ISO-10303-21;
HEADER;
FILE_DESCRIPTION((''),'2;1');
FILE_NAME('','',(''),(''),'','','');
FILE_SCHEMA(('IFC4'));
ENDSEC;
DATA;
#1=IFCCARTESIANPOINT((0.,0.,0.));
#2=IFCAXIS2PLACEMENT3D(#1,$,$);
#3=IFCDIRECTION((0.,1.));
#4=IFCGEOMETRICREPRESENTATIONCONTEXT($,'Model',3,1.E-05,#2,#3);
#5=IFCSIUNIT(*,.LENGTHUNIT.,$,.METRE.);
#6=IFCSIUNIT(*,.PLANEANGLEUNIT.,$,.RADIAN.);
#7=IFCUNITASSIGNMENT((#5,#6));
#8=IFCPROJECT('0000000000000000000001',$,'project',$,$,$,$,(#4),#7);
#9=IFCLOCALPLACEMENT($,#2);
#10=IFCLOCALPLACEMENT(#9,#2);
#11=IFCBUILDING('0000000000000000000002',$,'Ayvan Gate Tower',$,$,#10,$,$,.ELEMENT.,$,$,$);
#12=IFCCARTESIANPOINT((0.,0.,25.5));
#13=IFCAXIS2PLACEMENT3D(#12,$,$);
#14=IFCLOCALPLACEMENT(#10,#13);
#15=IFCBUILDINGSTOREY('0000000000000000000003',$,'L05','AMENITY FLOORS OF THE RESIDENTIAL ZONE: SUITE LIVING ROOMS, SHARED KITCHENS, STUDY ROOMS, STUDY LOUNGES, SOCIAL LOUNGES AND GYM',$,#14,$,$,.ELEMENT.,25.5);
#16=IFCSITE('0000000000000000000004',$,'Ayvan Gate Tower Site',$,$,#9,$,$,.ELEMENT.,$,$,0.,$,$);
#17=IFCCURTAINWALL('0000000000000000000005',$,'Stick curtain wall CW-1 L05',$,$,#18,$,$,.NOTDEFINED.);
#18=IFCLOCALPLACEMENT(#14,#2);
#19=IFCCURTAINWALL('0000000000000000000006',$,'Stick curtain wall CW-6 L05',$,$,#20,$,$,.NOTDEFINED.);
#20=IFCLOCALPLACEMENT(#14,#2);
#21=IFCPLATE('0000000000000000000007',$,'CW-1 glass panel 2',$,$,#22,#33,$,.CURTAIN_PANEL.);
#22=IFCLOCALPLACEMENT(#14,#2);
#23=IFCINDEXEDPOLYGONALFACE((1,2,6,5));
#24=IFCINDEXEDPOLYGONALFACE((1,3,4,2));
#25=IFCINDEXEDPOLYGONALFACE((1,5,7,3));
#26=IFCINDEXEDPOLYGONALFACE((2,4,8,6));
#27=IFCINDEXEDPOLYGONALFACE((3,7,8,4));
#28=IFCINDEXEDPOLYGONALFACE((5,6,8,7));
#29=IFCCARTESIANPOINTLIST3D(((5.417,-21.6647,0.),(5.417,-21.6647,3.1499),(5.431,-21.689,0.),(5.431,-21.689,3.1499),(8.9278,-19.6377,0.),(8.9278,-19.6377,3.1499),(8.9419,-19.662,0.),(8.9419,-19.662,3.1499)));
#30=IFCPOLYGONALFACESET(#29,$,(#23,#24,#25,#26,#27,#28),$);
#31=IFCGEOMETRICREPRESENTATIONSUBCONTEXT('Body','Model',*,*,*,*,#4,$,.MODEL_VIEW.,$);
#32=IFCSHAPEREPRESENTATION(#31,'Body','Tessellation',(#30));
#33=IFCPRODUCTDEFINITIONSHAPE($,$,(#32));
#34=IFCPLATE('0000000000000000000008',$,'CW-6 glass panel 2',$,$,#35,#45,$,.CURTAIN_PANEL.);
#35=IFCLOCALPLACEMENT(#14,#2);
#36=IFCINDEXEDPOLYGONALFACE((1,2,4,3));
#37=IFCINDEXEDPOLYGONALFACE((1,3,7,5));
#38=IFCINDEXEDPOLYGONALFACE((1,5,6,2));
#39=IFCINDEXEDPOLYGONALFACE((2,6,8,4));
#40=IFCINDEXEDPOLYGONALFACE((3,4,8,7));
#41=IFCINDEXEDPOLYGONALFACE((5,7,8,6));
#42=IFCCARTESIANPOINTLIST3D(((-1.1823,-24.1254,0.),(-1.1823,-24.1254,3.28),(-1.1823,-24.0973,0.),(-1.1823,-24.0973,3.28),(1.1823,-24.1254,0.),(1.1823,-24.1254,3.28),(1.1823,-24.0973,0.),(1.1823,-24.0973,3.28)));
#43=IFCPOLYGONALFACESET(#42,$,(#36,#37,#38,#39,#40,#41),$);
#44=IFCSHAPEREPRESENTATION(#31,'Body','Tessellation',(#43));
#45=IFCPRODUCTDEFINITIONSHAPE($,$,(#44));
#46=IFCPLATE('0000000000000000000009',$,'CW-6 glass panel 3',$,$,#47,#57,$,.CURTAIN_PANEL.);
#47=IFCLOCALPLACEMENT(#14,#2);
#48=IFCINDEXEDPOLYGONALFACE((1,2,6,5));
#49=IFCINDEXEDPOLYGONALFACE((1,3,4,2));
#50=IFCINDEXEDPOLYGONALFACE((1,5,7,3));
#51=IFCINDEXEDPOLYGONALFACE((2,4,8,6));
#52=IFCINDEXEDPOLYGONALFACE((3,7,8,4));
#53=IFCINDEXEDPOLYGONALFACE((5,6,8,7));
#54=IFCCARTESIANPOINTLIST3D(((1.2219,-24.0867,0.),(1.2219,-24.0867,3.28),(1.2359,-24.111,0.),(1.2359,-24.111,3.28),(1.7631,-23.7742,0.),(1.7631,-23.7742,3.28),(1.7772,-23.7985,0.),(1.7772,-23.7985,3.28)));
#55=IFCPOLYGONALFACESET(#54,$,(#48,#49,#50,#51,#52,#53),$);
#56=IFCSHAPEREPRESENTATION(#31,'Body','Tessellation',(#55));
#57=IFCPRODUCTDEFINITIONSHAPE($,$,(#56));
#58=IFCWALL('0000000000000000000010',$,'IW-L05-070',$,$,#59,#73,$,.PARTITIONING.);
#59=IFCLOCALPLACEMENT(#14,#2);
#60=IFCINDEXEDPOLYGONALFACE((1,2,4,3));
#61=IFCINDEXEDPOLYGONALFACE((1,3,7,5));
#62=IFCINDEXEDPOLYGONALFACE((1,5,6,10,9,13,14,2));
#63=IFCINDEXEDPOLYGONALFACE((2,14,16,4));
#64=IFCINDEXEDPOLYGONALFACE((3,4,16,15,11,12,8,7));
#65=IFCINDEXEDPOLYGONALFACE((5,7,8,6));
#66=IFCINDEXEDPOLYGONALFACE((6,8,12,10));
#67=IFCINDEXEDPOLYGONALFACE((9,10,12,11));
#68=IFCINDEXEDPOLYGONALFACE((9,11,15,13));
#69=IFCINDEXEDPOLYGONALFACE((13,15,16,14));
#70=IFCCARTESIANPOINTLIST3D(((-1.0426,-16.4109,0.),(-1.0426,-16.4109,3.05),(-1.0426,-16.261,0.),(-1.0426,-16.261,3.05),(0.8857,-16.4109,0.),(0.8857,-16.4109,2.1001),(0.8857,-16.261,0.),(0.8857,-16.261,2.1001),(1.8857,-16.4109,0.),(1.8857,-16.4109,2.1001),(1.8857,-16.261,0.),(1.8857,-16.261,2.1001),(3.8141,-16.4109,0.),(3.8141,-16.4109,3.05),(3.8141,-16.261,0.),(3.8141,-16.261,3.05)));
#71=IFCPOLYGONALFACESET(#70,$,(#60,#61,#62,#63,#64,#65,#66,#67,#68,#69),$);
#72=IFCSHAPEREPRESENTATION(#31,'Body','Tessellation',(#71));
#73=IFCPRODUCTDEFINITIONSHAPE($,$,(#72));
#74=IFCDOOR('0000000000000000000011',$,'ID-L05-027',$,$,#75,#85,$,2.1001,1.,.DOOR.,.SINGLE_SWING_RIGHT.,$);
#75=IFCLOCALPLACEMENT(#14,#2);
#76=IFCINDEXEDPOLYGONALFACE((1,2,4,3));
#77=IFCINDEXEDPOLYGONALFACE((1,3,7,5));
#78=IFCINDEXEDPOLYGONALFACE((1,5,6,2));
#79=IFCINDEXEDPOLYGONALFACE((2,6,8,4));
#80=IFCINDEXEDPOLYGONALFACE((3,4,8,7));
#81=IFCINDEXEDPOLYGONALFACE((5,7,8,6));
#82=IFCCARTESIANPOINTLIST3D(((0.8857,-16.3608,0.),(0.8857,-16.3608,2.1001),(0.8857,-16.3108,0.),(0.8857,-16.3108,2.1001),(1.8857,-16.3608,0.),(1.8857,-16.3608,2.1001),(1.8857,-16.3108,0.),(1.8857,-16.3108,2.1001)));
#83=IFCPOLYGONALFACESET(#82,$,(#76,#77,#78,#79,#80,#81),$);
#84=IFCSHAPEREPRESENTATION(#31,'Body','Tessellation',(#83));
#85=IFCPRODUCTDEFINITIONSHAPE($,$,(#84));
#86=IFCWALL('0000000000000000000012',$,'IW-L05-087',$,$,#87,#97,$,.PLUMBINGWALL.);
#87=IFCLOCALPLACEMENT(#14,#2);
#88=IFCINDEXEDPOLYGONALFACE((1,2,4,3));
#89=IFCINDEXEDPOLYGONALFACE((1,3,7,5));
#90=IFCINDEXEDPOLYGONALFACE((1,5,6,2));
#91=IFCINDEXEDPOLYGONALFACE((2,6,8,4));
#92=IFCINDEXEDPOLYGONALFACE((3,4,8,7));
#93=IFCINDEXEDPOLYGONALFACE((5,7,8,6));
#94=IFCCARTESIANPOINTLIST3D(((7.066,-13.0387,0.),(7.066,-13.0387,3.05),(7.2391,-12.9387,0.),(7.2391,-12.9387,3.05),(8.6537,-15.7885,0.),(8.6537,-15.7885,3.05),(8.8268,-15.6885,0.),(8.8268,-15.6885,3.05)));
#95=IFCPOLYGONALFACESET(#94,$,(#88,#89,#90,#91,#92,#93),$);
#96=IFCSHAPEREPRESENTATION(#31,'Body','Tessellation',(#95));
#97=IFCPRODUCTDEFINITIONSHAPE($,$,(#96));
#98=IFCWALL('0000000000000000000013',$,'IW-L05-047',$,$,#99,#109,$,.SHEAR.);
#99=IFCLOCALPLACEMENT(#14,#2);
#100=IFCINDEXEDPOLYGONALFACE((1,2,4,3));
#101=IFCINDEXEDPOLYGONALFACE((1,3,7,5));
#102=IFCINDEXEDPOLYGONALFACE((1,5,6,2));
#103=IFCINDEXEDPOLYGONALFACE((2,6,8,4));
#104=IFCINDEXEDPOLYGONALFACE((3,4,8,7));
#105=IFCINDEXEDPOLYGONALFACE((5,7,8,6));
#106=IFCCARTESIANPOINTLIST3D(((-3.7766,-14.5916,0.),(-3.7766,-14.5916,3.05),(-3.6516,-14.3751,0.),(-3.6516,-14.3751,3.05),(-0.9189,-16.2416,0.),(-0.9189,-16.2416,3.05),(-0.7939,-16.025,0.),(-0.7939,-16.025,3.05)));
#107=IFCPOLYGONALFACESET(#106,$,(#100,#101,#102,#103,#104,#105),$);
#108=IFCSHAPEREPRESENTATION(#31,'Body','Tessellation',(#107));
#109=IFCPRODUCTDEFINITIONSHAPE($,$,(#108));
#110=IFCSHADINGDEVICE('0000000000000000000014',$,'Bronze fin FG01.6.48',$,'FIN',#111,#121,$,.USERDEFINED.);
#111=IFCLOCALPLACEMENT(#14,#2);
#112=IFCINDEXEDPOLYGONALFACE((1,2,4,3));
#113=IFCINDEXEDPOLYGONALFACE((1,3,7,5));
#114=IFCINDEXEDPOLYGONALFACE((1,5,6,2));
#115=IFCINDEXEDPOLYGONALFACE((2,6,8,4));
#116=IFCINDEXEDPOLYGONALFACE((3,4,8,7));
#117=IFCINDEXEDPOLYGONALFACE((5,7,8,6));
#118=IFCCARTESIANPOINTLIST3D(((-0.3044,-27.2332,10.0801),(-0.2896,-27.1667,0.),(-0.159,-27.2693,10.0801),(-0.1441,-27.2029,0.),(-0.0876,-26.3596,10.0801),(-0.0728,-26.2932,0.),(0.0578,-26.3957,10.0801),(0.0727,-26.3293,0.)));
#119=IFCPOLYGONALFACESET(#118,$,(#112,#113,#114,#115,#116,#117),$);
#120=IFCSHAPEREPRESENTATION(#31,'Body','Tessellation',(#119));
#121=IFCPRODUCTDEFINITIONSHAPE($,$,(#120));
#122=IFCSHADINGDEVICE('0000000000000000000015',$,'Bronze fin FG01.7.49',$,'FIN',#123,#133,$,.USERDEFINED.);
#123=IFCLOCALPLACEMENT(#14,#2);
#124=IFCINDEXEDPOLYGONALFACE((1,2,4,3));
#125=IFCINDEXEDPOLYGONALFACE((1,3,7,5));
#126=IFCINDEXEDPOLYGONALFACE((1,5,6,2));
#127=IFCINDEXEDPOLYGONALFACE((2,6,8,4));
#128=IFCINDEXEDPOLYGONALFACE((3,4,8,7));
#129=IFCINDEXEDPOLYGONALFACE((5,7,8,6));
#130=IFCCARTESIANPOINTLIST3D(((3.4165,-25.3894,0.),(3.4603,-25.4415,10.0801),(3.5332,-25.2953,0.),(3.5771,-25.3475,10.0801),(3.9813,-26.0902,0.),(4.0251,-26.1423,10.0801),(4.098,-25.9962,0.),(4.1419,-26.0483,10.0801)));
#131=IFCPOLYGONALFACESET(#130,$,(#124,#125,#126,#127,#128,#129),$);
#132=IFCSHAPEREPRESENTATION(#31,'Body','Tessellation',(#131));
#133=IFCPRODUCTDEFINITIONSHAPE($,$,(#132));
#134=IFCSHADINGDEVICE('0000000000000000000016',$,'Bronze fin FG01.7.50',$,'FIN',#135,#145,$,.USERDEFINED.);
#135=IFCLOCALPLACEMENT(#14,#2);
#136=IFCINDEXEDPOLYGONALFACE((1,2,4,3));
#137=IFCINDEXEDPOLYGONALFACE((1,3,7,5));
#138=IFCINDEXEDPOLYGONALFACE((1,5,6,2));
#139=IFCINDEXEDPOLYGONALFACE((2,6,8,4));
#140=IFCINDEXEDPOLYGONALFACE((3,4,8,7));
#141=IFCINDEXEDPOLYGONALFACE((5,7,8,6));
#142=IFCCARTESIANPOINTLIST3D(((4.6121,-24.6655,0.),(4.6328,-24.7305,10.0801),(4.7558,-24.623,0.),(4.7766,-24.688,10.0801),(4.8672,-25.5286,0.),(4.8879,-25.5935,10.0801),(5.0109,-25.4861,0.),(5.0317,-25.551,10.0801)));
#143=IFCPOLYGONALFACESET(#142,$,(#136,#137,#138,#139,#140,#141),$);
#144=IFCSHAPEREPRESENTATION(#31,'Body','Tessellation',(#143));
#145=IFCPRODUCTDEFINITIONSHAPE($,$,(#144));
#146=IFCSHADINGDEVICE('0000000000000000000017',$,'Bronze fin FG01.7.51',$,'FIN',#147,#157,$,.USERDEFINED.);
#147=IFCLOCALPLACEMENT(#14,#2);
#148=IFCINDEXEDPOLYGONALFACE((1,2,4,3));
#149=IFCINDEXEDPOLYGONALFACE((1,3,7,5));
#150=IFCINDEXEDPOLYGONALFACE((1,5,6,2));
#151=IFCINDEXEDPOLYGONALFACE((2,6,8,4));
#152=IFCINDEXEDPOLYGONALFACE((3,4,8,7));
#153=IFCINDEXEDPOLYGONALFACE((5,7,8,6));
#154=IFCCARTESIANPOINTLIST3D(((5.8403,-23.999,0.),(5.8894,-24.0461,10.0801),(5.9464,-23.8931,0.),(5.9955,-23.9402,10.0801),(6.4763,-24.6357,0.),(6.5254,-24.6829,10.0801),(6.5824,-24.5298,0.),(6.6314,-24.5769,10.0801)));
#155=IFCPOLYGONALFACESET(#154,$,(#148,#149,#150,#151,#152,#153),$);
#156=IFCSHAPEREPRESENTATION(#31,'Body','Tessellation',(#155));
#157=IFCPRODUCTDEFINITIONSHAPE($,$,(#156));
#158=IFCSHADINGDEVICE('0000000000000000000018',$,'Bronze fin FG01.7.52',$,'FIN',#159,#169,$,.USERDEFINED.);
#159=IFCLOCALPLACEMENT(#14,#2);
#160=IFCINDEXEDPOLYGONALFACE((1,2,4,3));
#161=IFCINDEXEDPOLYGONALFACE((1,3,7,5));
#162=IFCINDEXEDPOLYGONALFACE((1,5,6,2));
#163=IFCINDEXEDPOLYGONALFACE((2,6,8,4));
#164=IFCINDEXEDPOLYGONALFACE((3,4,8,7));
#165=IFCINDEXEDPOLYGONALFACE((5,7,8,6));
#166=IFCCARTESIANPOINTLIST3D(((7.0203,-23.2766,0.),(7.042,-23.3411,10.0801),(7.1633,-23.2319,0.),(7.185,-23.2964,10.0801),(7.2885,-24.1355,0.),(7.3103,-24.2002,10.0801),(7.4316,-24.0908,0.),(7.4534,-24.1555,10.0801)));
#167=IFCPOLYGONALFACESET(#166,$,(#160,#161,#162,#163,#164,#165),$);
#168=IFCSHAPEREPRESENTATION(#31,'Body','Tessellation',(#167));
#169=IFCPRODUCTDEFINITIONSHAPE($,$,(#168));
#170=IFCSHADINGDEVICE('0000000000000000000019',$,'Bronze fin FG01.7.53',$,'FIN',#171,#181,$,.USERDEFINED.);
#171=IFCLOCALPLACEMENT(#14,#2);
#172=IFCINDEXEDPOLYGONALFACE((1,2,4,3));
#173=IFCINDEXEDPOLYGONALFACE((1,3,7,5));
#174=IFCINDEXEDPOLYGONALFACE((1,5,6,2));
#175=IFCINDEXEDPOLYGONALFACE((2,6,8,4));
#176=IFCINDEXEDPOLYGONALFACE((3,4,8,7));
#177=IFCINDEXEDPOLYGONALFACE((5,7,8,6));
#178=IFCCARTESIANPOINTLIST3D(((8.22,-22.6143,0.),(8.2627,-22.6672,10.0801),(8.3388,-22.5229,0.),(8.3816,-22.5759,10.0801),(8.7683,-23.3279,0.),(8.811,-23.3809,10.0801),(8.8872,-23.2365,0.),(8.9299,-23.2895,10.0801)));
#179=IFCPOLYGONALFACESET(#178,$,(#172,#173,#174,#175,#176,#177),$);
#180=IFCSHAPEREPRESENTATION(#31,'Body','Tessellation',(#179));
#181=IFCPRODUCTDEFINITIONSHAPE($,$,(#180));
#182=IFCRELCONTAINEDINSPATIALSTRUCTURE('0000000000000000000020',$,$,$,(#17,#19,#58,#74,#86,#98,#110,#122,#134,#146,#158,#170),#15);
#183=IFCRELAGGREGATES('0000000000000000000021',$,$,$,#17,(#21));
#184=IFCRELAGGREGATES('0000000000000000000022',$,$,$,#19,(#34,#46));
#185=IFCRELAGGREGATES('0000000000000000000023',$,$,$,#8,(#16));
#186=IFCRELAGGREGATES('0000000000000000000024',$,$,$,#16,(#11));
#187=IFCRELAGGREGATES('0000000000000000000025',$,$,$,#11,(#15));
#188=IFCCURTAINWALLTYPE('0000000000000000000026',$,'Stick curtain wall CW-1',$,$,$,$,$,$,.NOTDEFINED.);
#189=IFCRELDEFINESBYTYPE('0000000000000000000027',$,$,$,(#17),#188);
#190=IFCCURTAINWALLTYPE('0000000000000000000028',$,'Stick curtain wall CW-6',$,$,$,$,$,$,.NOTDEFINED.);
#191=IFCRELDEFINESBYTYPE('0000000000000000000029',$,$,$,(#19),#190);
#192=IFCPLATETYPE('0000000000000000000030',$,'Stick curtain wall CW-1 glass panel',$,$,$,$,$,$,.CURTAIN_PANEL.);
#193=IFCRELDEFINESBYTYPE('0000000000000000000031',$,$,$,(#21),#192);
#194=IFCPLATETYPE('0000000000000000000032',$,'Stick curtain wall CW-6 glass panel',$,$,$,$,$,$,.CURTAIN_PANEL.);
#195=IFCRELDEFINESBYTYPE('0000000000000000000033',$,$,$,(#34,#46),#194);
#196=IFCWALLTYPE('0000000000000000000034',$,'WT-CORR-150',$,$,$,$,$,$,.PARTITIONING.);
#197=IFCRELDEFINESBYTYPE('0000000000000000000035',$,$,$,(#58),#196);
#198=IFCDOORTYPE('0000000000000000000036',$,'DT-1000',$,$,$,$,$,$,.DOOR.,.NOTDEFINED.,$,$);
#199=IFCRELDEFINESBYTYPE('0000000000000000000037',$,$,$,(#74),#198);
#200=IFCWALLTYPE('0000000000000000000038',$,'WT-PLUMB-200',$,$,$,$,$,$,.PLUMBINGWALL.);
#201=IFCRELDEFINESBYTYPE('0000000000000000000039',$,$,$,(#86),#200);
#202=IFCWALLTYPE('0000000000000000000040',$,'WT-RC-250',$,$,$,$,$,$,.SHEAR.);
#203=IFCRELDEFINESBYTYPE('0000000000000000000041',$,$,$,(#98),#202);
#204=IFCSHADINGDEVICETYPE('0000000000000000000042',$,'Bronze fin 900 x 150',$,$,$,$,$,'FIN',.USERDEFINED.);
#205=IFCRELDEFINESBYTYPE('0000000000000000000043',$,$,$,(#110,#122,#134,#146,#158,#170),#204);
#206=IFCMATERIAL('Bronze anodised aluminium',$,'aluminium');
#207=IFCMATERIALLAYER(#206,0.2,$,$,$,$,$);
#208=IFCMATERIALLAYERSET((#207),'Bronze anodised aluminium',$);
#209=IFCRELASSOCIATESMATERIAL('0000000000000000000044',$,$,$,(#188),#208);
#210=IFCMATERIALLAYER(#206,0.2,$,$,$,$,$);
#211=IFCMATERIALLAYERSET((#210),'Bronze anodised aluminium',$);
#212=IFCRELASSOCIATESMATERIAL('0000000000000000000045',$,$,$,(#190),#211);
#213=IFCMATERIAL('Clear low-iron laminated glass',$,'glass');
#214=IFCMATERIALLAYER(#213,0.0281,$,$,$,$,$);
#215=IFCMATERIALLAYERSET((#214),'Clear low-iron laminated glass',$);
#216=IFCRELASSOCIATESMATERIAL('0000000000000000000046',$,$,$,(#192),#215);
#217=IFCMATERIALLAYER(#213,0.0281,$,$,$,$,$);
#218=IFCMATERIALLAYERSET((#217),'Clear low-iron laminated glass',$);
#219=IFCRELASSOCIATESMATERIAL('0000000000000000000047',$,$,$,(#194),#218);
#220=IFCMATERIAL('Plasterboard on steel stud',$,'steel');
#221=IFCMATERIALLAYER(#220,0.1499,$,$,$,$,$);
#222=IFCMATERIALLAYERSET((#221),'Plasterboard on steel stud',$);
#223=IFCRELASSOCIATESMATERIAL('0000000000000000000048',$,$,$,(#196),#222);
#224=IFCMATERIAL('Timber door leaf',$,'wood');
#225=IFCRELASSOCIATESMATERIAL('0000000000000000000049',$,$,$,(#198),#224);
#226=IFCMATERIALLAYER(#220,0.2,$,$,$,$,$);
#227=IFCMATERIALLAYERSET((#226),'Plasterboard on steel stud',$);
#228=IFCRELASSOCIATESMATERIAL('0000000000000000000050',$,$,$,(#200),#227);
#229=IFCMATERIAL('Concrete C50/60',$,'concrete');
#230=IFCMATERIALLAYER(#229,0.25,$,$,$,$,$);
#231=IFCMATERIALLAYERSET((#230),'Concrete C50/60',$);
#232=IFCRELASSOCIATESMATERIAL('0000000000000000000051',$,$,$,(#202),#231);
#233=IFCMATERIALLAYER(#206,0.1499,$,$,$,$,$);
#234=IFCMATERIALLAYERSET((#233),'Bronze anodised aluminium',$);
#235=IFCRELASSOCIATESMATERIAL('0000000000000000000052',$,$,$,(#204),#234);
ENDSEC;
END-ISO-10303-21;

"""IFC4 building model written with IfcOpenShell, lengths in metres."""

from ifc_helpers import new_model, si_unit, direction, frame, frame_2d, origin, origin_2d, place, context, subcontext, project, spatial, polyline, rectangle, outline, extrude, material, layer, layer_set, type_object, element, fill, aggregate, save


model = new_model("IFC4")

# Units and contexts
model_context = context("Model", 3, precision=1e-05, world=origin(), true_north=direction((0.0, 1.0)))
body_context = subcontext(model_context, "Body", "Model", "MODEL_VIEW")
ifc_project = project(units=[si_unit("LENGTHUNIT", "METRE"), si_unit("PLANEANGLEUNIT", "RADIAN")], contexts=[model_context])

# Site, building, storey
site_placement = place(None, origin())
site = spatial("IfcSite", under=ifc_project, at=site_placement, Name="Ayvan Gate Tower Site", CompositionType="ELEMENT", RefElevation=0.0)
building_placement = place(site_placement, origin())
building = spatial("IfcBuilding", under=site, at=building_placement, Name="Ayvan Gate Tower", CompositionType="ELEMENT")
storey_placement = place(building_placement, frame((0.0, 0.0, 25.5)))
storey = spatial("IfcBuildingStorey", under=building, at=storey_placement, Name="L05", Description="AMENITY FLOORS OF THE RESIDENTIAL ZONE: SUITE LIVING ROOMS, SHARED KITCHENS, STUDY ROOMS, STUDY LOUNGES, SOCIAL LOUNGES AND GYM", CompositionType="ELEMENT", Elevation=25.5)

# Curtain walls
ifc_material_1 = material(Name="Bronze anodised aluminium", Category="aluminium")
ifc_layer_1 = layer(ifc_material_1, 0.2)
ifc_layer_set_1 = layer_set([ifc_layer_1], Name="Bronze anodised aluminium")
curtain_wall_type_1 = type_object("IfcCurtainWallType", Name="Stick curtain wall CW-1", PredefinedType="NOTDEFINED", material=ifc_layer_set_1)
curtain_wall_1_placement = place(storey_placement, origin())
curtain_wall_1 = element("IfcCurtainWall", 1, at=curtain_wall_1_placement, inside=storey, type_object=curtain_wall_type_1, Name="Stick curtain wall CW-1 L05", PredefinedType="NOTDEFINED")
ifc_layer_2 = layer(ifc_material_1, 0.2)
ifc_layer_set_2 = layer_set([ifc_layer_2], Name="Bronze anodised aluminium")
curtain_wall_type_2 = type_object("IfcCurtainWallType", Name="Stick curtain wall CW-6", PredefinedType="NOTDEFINED", material=ifc_layer_set_2)
curtain_wall_2_placement = place(storey_placement, origin())
curtain_wall_2 = element("IfcCurtainWall", 2, at=curtain_wall_2_placement, inside=storey, type_object=curtain_wall_type_2, Name="Stick curtain wall CW-6 L05", PredefinedType="NOTDEFINED")

# Plates
ifc_material_2 = material(Name="Clear low-iron laminated glass", Category="glass")
ifc_layer_3 = layer(ifc_material_2, 0.0281)
ifc_layer_set_3 = layer_set([ifc_layer_3], Name="Clear low-iron laminated glass")
plate_type_1 = type_object("IfcPlateType", Name="Stick curtain wall CW-1 glass panel", PredefinedType="CURTAIN_PANEL", material=ifc_layer_set_3)
plate_1_placement = place(storey_placement, frame((7.1794, -20.6633, 0.0), z_axis=(0.0, 0.0, 1.0), x_axis=(0.866025, 0.5, 0.0)))
plate_1 = element("IfcPlate", 3, at=plate_1_placement, type_object=plate_type_1, Name="CW-1 glass panel 2", PredefinedType="CURTAIN_PANEL", context=body_context, shape_type="SweptSolid", body=[
    extrude(rectangle(XDim=4.054, YDim=0.0281, at=origin_2d()), origin(), (0.0, 0.0, 1.0), 3.1499),
])
aggregate(curtain_wall_1, [plate_1])
ifc_layer_4 = layer(ifc_material_2, 0.0281)
ifc_layer_set_4 = layer_set([ifc_layer_4], Name="Clear low-iron laminated glass")
plate_type_2 = type_object("IfcPlateType", Name="Stick curtain wall CW-6 glass panel", PredefinedType="CURTAIN_PANEL", material=ifc_layer_set_4)
plate_2_placement = place(storey_placement, frame((0.0, -24.1113, 0.0), z_axis=(0.0, 0.0, 1.0), x_axis=(1.0, 0.0, 0.0)))
plate_2 = element("IfcPlate", 4, at=plate_2_placement, type_object=plate_type_2, Name="CW-6 glass panel 2", PredefinedType="CURTAIN_PANEL", context=body_context, shape_type="SweptSolid", body=[
    extrude(rectangle(XDim=2.3645, YDim=0.0281, at=origin_2d()), origin(), (0.0, 0.0, 1.0), 3.28),
])
plate_3_placement = place(storey_placement, frame((1.4995, -23.9426, 0.0), z_axis=(0.0, 0.0, 1.0), x_axis=(0.866025, 0.5, 0.0)))
plate_3 = element("IfcPlate", 5, at=plate_3_placement, type_object=plate_type_2, Name="CW-6 glass panel 3", PredefinedType="CURTAIN_PANEL", context=body_context, shape_type="SweptSolid", body=[
    extrude(rectangle(XDim=0.625, YDim=0.0281, at=origin_2d()), origin(), (0.0, 0.0, 1.0), 3.28),
])
aggregate(curtain_wall_2, [plate_2, plate_3])

# Wall, opening, door
ifc_material_3 = material(Name="Plasterboard on steel stud", Category="steel")
ifc_layer_5 = layer(ifc_material_3, 0.1499)
ifc_layer_set_5 = layer_set([ifc_layer_5], Name="Plasterboard on steel stud")
wall_type_1 = type_object("IfcWallType", Name="WT-CORR-150", PredefinedType="PARTITIONING", material=ifc_layer_set_5)
wall_1_placement = place(storey_placement, frame((3.814, -16.3359, 0.0), z_axis=(0.0, 0.0, 1.0), x_axis=(-1.0, 0.0, 0.0)))
wall_1 = element("IfcWall", 6, at=wall_1_placement, inside=storey, type_object=wall_type_1, Name="IW-L05-070", PredefinedType="PARTITIONING", context=body_context, shape_type="SweptSolid", body=[
    extrude(rectangle(XDim=4.8567, YDim=0.1499, at=frame_2d((2.4282, 0.0))), origin(), (0.0, 0.0, 1.0), 3.05),
])
opening_placement = place(wall_1_placement, frame((1.9282, 0.0, 0.0)))
opening = element("IfcOpeningElement", 7, at=opening_placement, cuts=wall_1, PredefinedType="OPENING", context=body_context, shape_type="SweptSolid", body=[
    extrude(rectangle(XDim=1.0, YDim=2.1001, at=frame_2d((0.5, 1.05))), frame((0.0, 0.085, 0.0), z_axis=(0.0, -1.0, 0.0), x_axis=(1.0, 0.0, 0.0)), (0.0, 0.0, 1.0), 0.1699),
])
ifc_material_4 = material(Name="Timber door leaf", Category="wood")
door_type = type_object("IfcDoorType", Name="DT-1000", OperationType="NOTDEFINED", PredefinedType="DOOR", material=ifc_material_4)
door_placement = place(opening_placement, origin())
door = element("IfcDoor", 8, at=door_placement, inside=storey, type_object=door_type, Name="ID-L05-027", OperationType="SINGLE_SWING_RIGHT", OverallHeight=2.1001, OverallWidth=1.0, PredefinedType="DOOR", context=body_context, shape_type="SweptSolid", body=[
    extrude(rectangle(XDim=1.0, YDim=2.1001, at=frame_2d((0.5, 1.05))), frame((0.0, 0.0249, 0.0), z_axis=(0.0, -1.0, 0.0), x_axis=(1.0, 0.0, 0.0)), (0.0, 0.0, 1.0), 0.05),
])
fill(opening, door)

# Walls
ifc_layer_6 = layer(ifc_material_3, 0.2)
ifc_layer_set_6 = layer_set([ifc_layer_6], Name="Plasterboard on steel stud")
wall_type_2 = type_object("IfcWallType", Name="WT-PLUMB-200", PredefinedType="PLUMBINGWALL", material=ifc_layer_set_6)
wall_2_placement = place(storey_placement, frame((8.7402, -15.7385, 0.0), z_axis=(0.0, 0.0, 1.0), x_axis=(-0.500018, 0.866015, 0.0)))
element("IfcWall", 9, at=wall_2_placement, inside=storey, type_object=wall_type_2, Name="IW-L05-087", PredefinedType="PLUMBINGWALL", context=body_context, shape_type="SweptSolid", body=[
    extrude(rectangle(XDim=3.1753, YDim=0.2, at=frame_2d((1.5876, 0.0))), origin(), (0.0, 0.0, 1.0), 3.05),
])
ifc_material_5 = material(Name="Concrete C50/60", Category="concrete")
ifc_layer_7 = layer(ifc_material_5, 0.25)
ifc_layer_set_7 = layer_set([ifc_layer_7], Name="Concrete C50/60")
wall_type_3 = type_object("IfcWallType", Name="WT-RC-250", PredefinedType="SHEAR", material=ifc_layer_set_7)
wall_3_placement = place(storey_placement, frame((-0.8564, -16.1333, 0.0), z_axis=(0.0, 0.0, 1.0), x_axis=(-0.866022, 0.500006, 0.0)))
element("IfcWall", 10, at=wall_3_placement, inside=storey, type_object=wall_type_3, Name="IW-L05-047", PredefinedType="SHEAR", context=body_context, shape_type="SweptSolid", body=[
    extrude(rectangle(XDim=3.2998, YDim=0.25, at=frame_2d((1.6499, 0.0))), origin(), (0.0, 0.0, 1.0), 3.05),
])

# Shading devices
ifc_layer_8 = layer(ifc_material_1, 0.1499)
ifc_layer_set_8 = layer_set([ifc_layer_8], Name="Bronze anodised aluminium")
shading_device_type = type_object("IfcShadingDeviceType", Name="Bronze fin 900 x 150", ElementType="FIN", PredefinedType="USERDEFINED", material=ifc_layer_set_8)
shading_device_1_placement = place(storey_placement, frame((-0.0728, -26.2932, 0.0), z_axis=(-0.970556, 0.240876, 0.000153), x_axis=(-0.240876, -0.970556, 0.0)))
element("IfcShadingDevice", 11, at=shading_device_1_placement, inside=storey, type_object=shading_device_type, Name="Bronze fin FG01.6.48", ObjectType="FIN", PredefinedType="USERDEFINED", context=body_context, shape_type="SweptSolid", body=[
    extrude(outline(polyline([(0.0, 0.0), (0.9, 0.0), (0.9681, 10.0801), (0.068, 10.0801), (0.0, 0.0)])), origin(), (0.0, 0.0, -1.0), 0.1499),
])
shading_device_2_placement = place(storey_placement, frame((3.4165, -25.3894, 0.0), z_axis=(-0.778601, -0.627519, 0.00014), x_axis=(0.627519, -0.778601, 0.0)))
element("IfcShadingDevice", 12, at=shading_device_2_placement, inside=storey, type_object=shading_device_type, Name="Bronze fin FG01.7.49", ObjectType="FIN", PredefinedType="USERDEFINED", context=body_context, shape_type="SweptSolid", body=[
    extrude(outline(polyline([(0.0, 0.0), (0.9001, 0.0), (0.9682, 10.0801), (0.0681, 10.0801), (0.0, 0.0)])), origin(), (0.0, 0.0, -1.0), 0.1499),
])
shading_device_3_placement = place(storey_placement, frame((4.6121, -24.6655, 0.0), z_axis=(-0.958976, -0.283488, 0.000148), x_axis=(0.283488, -0.958976, 0.0)))
element("IfcShadingDevice", 13, at=shading_device_3_placement, inside=storey, type_object=shading_device_type, Name="Bronze fin FG01.7.50", ObjectType="FIN", PredefinedType="USERDEFINED", context=body_context, shape_type="SweptSolid", body=[
    extrude(outline(polyline([(0.0, 0.0), (0.9, 0.0), (0.9681, 10.0801), (0.0682, 10.0801), (0.0, 0.0)])), origin(), (0.0, 0.0, -1.0), 0.1499),
])
shading_device_4_placement = place(storey_placement, frame((5.8403, -23.999, 0.0), z_axis=(-0.707514, -0.7067, 0.000141), x_axis=(0.7067, -0.707514, 0.0)))
element("IfcShadingDevice", 14, at=shading_device_4_placement, inside=storey, type_object=shading_device_type, Name="Bronze fin FG01.7.51", ObjectType="FIN", PredefinedType="USERDEFINED", context=body_context, shape_type="SweptSolid", body=[
    extrude(outline(polyline([(0.0, 0.0), (0.8999, 0.0), (0.968, 10.0801), (0.068, 10.0801), (0.0, 0.0)])), origin(), (0.0, 0.0, -1.0), 0.1499),
])
shading_device_5_placement = place(storey_placement, frame((7.0203, -23.2766, 0.0), z_axis=(-0.954521, -0.298144, 0.000148), x_axis=(0.298144, -0.954521, 0.0)))
element("IfcShadingDevice", 15, at=shading_device_5_placement, inside=storey, type_object=shading_device_type, Name="Bronze fin FG01.7.52", ObjectType="FIN", PredefinedType="USERDEFINED", context=body_context, shape_type="SweptSolid", body=[
    extrude(outline(polyline([(0.0, 0.0), (0.8998, 0.0), (0.9681, 10.0801), (0.068, 10.0801), (0.0, 0.0)])), origin(), (0.0, 0.0, -1.0), 0.1499),
])
shading_device_6_placement = place(storey_placement, frame((8.22, -22.6143, 0.0), z_axis=(-0.792947, -0.609291, 0.000159), x_axis=(0.609291, -0.792947, 0.0)))
element("IfcShadingDevice", 16, at=shading_device_6_placement, inside=storey, type_object=shading_device_type, Name="Bronze fin FG01.7.53", ObjectType="FIN", PredefinedType="USERDEFINED", context=body_context, shape_type="SweptSolid", body=[
    extrude(outline(polyline([(0.0, 0.0), (0.9, 0.0), (0.968, 10.0801), (0.068, 10.0801), (0.0, 0.0)])), origin(), (0.0, 0.0, -1.0), 0.1499),
])

save(model, "model.ifc")
